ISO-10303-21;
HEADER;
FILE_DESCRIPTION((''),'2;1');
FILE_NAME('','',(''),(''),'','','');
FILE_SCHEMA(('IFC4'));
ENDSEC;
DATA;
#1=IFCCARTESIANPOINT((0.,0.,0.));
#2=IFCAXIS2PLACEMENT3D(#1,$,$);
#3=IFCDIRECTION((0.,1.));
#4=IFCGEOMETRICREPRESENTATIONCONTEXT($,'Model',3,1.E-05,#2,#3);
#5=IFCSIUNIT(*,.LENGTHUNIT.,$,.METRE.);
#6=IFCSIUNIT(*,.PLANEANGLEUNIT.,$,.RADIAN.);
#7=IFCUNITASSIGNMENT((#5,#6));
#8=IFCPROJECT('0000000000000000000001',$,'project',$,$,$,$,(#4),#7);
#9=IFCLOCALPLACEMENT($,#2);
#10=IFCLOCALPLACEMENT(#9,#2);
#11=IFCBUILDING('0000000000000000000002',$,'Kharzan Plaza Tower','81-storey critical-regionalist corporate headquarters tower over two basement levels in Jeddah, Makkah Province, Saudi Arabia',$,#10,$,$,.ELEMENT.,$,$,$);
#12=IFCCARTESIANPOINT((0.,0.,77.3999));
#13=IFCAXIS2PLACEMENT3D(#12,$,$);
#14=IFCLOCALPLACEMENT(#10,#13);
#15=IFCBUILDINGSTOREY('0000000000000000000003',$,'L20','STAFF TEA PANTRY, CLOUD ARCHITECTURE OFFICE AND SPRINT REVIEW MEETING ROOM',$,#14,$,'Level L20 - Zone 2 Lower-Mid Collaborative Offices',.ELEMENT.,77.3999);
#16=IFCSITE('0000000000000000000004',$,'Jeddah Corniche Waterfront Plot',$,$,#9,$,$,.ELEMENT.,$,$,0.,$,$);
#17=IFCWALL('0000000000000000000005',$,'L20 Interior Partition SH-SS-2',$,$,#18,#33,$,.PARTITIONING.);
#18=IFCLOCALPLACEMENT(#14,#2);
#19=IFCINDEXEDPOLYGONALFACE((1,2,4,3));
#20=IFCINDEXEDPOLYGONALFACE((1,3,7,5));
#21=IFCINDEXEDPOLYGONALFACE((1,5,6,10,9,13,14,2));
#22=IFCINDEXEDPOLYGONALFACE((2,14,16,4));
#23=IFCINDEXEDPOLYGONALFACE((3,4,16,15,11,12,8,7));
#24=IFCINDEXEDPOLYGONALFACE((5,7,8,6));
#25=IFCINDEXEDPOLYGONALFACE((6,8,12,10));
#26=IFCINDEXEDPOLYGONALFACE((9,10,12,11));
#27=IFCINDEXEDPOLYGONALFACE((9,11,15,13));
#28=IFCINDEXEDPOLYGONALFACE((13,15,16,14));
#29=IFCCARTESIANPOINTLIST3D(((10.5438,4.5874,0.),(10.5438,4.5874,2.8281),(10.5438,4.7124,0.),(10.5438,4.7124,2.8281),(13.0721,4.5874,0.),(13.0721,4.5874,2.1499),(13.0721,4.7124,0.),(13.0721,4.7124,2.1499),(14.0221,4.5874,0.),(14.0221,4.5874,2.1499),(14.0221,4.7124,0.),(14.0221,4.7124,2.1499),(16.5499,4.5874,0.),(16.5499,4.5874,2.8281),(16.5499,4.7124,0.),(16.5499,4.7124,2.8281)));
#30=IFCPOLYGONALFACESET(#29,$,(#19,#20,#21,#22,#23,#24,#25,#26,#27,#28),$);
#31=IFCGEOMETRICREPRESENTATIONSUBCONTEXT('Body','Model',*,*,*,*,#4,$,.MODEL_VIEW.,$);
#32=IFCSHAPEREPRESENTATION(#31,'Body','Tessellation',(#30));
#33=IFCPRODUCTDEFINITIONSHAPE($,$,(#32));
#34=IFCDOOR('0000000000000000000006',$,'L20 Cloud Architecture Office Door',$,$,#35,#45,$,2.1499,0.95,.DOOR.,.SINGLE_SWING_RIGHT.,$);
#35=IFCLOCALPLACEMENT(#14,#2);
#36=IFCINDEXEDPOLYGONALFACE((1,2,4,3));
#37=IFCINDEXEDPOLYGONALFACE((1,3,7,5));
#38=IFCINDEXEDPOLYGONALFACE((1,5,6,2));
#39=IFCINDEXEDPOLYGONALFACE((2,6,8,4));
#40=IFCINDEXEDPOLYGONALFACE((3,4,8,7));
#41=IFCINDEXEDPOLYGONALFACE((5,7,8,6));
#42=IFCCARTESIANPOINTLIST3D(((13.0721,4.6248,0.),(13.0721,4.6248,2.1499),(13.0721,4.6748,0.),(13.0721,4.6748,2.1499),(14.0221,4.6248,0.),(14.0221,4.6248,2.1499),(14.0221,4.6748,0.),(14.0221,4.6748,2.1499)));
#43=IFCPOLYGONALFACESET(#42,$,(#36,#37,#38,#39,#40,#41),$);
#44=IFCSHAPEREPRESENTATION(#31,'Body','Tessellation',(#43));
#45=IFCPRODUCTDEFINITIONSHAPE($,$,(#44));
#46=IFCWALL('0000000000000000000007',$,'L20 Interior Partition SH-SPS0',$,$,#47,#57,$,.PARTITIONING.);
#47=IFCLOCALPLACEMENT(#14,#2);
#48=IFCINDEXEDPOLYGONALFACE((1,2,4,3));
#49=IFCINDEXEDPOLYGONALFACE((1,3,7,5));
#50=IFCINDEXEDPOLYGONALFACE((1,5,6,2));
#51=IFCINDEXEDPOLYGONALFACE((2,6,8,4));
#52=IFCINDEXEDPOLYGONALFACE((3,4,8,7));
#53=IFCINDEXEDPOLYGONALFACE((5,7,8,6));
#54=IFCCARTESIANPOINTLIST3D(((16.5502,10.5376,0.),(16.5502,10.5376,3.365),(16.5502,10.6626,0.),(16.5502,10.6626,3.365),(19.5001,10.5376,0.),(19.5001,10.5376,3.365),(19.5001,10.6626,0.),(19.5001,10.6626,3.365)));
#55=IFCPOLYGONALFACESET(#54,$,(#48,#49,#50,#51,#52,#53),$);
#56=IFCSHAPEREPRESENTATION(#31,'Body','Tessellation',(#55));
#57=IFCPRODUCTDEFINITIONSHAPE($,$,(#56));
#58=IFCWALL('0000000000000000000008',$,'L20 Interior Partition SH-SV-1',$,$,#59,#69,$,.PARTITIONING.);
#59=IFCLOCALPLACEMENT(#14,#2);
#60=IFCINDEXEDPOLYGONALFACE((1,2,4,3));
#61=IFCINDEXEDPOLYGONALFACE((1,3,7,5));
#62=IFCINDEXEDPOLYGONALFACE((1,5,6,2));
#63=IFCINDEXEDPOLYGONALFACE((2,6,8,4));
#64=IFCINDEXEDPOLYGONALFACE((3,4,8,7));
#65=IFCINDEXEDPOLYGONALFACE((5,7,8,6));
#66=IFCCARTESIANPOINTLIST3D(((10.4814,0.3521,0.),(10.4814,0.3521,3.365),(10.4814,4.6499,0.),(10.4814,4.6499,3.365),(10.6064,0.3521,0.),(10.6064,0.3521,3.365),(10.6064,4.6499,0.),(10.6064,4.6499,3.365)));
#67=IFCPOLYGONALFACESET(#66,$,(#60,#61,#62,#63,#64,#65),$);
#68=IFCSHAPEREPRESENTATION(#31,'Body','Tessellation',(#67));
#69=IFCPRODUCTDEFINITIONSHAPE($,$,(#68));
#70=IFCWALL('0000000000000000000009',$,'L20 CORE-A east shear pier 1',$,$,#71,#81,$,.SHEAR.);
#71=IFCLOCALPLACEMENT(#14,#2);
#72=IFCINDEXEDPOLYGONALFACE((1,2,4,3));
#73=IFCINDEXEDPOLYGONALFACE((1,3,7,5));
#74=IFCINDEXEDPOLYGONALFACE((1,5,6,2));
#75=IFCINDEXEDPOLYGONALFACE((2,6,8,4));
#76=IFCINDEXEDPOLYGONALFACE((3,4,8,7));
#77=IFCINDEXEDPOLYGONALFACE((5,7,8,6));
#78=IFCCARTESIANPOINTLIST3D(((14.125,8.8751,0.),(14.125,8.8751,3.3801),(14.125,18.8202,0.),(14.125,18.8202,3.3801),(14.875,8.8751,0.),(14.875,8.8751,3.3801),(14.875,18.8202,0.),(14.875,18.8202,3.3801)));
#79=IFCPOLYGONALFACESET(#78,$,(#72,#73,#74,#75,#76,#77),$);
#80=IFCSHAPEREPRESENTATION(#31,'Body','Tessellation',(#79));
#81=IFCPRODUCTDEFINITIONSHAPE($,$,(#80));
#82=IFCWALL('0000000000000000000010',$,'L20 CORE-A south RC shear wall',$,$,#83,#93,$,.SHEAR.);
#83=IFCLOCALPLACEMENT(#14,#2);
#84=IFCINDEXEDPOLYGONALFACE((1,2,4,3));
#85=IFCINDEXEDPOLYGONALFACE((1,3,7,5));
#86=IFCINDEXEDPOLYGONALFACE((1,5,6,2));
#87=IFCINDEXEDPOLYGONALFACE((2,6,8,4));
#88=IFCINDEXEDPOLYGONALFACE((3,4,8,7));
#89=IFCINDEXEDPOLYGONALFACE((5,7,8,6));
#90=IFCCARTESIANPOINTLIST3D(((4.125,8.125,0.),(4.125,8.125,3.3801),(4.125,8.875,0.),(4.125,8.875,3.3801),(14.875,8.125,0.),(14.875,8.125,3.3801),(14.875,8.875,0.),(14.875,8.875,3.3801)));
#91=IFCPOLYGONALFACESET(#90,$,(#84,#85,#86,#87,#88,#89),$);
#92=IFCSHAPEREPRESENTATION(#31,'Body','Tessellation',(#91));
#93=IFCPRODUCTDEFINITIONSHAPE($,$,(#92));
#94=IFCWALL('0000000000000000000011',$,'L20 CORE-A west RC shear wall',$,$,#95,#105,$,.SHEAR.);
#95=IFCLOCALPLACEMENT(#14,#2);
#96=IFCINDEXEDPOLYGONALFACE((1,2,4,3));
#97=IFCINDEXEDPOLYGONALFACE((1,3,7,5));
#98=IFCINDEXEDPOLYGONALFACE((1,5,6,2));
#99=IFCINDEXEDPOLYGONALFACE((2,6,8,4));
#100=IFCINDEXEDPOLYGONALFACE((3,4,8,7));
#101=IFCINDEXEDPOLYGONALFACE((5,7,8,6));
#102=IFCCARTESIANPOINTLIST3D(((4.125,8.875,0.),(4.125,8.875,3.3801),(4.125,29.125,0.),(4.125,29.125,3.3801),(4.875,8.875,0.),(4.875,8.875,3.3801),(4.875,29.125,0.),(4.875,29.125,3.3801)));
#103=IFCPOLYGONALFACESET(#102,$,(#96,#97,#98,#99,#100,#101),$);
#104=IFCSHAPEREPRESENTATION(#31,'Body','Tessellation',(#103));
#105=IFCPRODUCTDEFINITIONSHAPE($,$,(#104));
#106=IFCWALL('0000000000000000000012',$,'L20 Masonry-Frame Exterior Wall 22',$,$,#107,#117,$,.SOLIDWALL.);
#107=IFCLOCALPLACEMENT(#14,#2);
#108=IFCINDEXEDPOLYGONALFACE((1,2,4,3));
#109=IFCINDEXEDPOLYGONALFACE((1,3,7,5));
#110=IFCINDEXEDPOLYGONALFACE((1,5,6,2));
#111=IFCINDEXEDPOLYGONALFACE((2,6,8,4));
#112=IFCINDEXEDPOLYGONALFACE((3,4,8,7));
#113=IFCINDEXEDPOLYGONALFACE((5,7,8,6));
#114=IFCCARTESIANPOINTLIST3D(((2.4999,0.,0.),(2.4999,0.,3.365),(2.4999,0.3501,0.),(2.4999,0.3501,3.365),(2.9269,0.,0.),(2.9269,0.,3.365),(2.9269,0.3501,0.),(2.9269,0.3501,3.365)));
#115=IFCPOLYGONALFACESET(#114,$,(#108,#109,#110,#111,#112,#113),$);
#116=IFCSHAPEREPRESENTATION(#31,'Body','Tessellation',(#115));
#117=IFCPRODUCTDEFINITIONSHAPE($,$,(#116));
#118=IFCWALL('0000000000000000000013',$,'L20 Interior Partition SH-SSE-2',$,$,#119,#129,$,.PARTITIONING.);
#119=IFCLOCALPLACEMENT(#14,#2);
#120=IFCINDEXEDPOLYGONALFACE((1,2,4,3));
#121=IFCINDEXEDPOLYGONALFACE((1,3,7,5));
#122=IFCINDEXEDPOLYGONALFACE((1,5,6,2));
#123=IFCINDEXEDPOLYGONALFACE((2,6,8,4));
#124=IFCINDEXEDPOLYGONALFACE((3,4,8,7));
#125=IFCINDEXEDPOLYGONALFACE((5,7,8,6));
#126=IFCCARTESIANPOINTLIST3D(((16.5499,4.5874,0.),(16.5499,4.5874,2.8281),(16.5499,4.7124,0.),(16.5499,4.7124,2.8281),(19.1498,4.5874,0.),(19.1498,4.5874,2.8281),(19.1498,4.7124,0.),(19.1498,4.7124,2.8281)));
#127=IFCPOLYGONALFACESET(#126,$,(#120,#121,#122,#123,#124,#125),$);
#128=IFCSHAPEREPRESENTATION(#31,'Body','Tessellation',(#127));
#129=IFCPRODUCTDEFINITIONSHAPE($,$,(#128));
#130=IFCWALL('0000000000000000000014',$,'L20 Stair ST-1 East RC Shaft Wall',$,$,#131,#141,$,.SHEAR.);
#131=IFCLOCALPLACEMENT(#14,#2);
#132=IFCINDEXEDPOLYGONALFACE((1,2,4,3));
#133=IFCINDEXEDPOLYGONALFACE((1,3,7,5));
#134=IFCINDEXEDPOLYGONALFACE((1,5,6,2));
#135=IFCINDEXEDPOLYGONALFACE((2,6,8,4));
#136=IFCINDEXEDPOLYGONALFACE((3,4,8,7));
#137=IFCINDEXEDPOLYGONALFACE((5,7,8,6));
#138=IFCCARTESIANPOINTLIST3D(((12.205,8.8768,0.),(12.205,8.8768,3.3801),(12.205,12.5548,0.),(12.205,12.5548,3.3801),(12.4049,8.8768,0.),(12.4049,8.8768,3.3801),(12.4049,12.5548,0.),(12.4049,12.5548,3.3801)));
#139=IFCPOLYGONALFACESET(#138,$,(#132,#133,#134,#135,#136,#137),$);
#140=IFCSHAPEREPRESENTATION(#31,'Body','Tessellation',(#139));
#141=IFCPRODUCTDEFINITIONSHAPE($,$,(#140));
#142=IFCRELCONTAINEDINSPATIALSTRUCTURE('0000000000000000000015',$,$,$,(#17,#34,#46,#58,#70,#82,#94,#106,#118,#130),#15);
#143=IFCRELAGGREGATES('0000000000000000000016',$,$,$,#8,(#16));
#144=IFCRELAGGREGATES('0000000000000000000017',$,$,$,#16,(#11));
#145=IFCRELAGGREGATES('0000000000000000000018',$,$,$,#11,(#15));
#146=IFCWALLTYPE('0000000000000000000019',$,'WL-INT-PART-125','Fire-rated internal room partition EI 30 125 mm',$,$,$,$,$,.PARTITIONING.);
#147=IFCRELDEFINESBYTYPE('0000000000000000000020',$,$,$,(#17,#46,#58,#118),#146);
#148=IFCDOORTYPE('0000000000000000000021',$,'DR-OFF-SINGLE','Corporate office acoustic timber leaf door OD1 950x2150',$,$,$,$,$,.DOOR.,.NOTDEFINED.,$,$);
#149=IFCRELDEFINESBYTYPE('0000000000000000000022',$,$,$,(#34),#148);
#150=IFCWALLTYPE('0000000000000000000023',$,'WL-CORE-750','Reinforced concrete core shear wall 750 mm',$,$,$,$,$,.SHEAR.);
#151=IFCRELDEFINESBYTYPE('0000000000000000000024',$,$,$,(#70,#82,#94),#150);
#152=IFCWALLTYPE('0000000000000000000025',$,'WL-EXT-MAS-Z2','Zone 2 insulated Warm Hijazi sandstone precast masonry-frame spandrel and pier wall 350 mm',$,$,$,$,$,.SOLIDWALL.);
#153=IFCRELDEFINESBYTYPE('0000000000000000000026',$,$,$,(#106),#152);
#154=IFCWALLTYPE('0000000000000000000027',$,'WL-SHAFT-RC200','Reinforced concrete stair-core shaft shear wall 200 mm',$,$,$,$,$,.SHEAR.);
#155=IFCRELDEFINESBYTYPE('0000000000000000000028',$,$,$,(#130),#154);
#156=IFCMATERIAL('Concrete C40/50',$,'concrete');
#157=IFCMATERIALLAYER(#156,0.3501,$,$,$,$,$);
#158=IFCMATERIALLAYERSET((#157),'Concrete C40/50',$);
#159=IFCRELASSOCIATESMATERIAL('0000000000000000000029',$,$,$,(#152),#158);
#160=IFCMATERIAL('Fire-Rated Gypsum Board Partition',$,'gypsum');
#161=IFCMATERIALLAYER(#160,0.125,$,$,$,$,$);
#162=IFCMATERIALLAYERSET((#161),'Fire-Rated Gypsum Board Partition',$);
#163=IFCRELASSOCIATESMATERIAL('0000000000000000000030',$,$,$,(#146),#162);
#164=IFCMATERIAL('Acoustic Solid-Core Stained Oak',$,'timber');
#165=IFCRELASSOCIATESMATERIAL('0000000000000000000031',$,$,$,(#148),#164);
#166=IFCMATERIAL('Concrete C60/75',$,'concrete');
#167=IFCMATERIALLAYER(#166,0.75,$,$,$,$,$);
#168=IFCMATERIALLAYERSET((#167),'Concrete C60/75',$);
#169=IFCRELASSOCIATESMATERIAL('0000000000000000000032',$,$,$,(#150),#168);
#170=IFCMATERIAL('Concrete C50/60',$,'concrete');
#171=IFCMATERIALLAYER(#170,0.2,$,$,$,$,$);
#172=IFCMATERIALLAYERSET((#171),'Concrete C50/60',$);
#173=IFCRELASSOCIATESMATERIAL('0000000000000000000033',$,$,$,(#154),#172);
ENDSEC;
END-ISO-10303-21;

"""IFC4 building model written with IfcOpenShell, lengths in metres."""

from ifc_helpers import new_model, si_unit, direction, frame, frame_2d, origin, place, context, subcontext, project, spatial, rectangle, extrude, source, transform, mapped, material, layer, layer_set, type_object, element, fill, save


model = new_model("IFC4")

# Units and contexts
model_context = context("Model", 3, precision=1e-05, world=origin(), true_north=direction((0.0, 1.0)))
body_context = subcontext(model_context, "Body", "Model", "MODEL_VIEW")
ifc_project = project(units=[si_unit("LENGTHUNIT", "METRE"), si_unit("PLANEANGLEUNIT", "RADIAN")], contexts=[model_context])

# Site, building, storey
site_placement = place(None, origin())
site = spatial("IfcSite", under=ifc_project, at=site_placement, Name="Jeddah Corniche Waterfront Plot", CompositionType="ELEMENT", RefElevation=0.0)
building_placement = place(site_placement, origin())
building = spatial("IfcBuilding", under=site, at=building_placement, Name="Kharzan Plaza Tower", Description="81-storey critical-regionalist corporate headquarters tower over two basement levels in Jeddah, Makkah Province, Saudi Arabia", CompositionType="ELEMENT")
storey_placement = place(building_placement, frame((0.0, 0.0, 77.3999)))
storey = spatial("IfcBuildingStorey", under=building, at=storey_placement, Name="L20", Description="STAFF TEA PANTRY, CLOUD ARCHITECTURE OFFICE AND SPRINT REVIEW MEETING ROOM", LongName="Level L20 - Zone 2 Lower-Mid Collaborative Offices", CompositionType="ELEMENT", Elevation=77.3999)

# Shared definitions
ifc_material_1 = material(Name="Concrete C60/75", Category="concrete")

# Shared definitions
ifc_material_2 = material(Name="Concrete C40/50", Category="concrete")
ifc_layer_1 = layer(ifc_material_2, 0.3501)
ifc_layer_set_1 = layer_set([ifc_layer_1], Name="Concrete C40/50")
wall_type_1 = type_object("IfcWallType", Name="WL-EXT-MAS-Z2", Description="Zone 2 insulated Warm Hijazi sandstone precast masonry-frame spandrel and pier wall 350 mm", PredefinedType="SOLIDWALL", material=ifc_layer_set_1)

# Wall, opening, door
ifc_material_3 = material(Name="Fire-Rated Gypsum Board Partition", Category="gypsum")
ifc_layer_2 = layer(ifc_material_3, 0.125)
ifc_layer_set_2 = layer_set([ifc_layer_2], Name="Fire-Rated Gypsum Board Partition")
wall_type_2 = type_object("IfcWallType", Name="WL-INT-PART-125", Description="Fire-rated internal room partition EI 30 125 mm", PredefinedType="PARTITIONING", material=ifc_layer_set_2)
ifc_material_4 = material(Name="Acoustic Solid-Core Stained Oak", Category="timber")
door_type = type_object("IfcDoorType", Name="DR-OFF-SINGLE", Description="Corporate office acoustic timber leaf door OD1 950x2150", OperationType="NOTDEFINED", PredefinedType="DOOR", material=ifc_material_4)
shared_shape_1 = source(origin(), body_context, "Body", "SweptSolid", [
    extrude(rectangle(XDim=0.95, YDim=2.1499, at=frame_2d((0.4751, 1.075))), frame((0.0, 0.0249, 0.0), z_axis=(0.0, -1.0, 0.0), x_axis=(1.0, 0.0, 0.0)), (0.0, 0.0, 1.0), 0.05),
])
wall_1_placement = place(storey_placement, frame((10.5439, 4.6499, 0.0), z_axis=(0.0, 0.0, 1.0), x_axis=(1.0, 0.0, 0.0)))
wall_1 = element("IfcWall", 1, at=wall_1_placement, inside=storey, type_object=wall_type_2, Name="L20 Interior Partition SH-SS-2", PredefinedType="PARTITIONING", context=body_context, shape_type="SweptSolid", body=[
    extrude(rectangle(XDim=6.0061, YDim=0.125, at=frame_2d((3.0029, 0.0))), origin(), (0.0, 0.0, 1.0), 2.8281),
])
opening_1_placement = place(wall_1_placement, frame((2.5281, 0.0, 0.0)))
opening_1 = element("IfcOpeningElement", 2, at=opening_1_placement, cuts=wall_1, PredefinedType="OPENING", context=body_context, shape_type="SweptSolid", body=[
    extrude(rectangle(XDim=0.95, YDim=2.1499, at=frame_2d((0.4751, 1.075))), frame((0.0, 0.0725, 0.0), z_axis=(0.0, -1.0, 0.0), x_axis=(1.0, 0.0, 0.0)), (0.0, 0.0, 1.0), 0.145),
])
door_1_placement = place(opening_1_placement, origin())
door_1 = element("IfcDoor", 3, at=door_1_placement, inside=storey, type_object=door_type, Name="L20 Cloud Architecture Office Door", OperationType="SINGLE_SWING_RIGHT", OverallHeight=2.1499, OverallWidth=0.95, PredefinedType="DOOR", context=body_context, shape_type="MappedRepresentation", body=[
    mapped(shared_shape_1, transform((0.0, 0.0, 0.0), x_axis=(1.0, 0.0, 0.0), y_axis=(0.0, 1.0, 0.0), z_axis=(0.0, 0.0, 1.0))),
])
fill(opening_1, door_1)

# Walls
shared_shape_2 = source(origin(), body_context, "Body", "SweptSolid", [
    extrude(rectangle(XDim=2.95, YDim=0.125, at=frame_2d((1.4751, 0.0))), origin(), (0.0, 0.0, 1.0), 3.365),
])
wall_2_placement = place(storey_placement, frame((16.55, 10.6001, 0.0), z_axis=(0.0, 0.0, 1.0), x_axis=(1.0, 0.0, 0.0)))
element("IfcWall", 4, at=wall_2_placement, inside=storey, type_object=wall_type_2, Name="L20 Interior Partition SH-SPS0", PredefinedType="PARTITIONING", context=body_context, shape_type="MappedRepresentation", body=[
    mapped(shared_shape_2, transform((0.0, 0.0, 0.0), x_axis=(1.0, 0.0, 0.0), y_axis=(0.0, 1.0, 0.0), z_axis=(0.0, 0.0, 1.0))),
])
shared_shape_3 = source(origin(), body_context, "Body", "SweptSolid", [
    extrude(rectangle(XDim=4.2979, YDim=0.125, at=frame_2d((2.1489, 0.0))), origin(), (0.0, 0.0, 1.0), 3.365),
])
wall_3_placement = place(storey_placement, frame((10.5439, 0.3521, 0.0), z_axis=(0.0, 0.0, 1.0), x_axis=(0.0, 1.0, 0.0)))
element("IfcWall", 5, at=wall_3_placement, inside=storey, type_object=wall_type_2, Name="L20 Interior Partition SH-SV-1", PredefinedType="PARTITIONING", context=body_context, shape_type="MappedRepresentation", body=[
    mapped(shared_shape_3, transform((0.0, 0.0, 0.0), x_axis=(1.0, 0.0, 0.0), y_axis=(0.0, 1.0, 0.0), z_axis=(0.0, 0.0, 1.0))),
])
ifc_layer_3 = layer(ifc_material_1, 0.75)
ifc_layer_set_3 = layer_set([ifc_layer_3], Name="Concrete C60/75")
wall_type_3 = type_object("IfcWallType", Name="WL-CORE-750", Description="Reinforced concrete core shear wall 750 mm", PredefinedType="SHEAR", material=ifc_layer_set_3)
shared_shape_4 = source(origin(), body_context, "Body", "SweptSolid", [
    extrude(rectangle(XDim=9.9451, YDim=0.75, at=frame_2d((4.9727, 0.0))), origin(), (0.0, 0.0, 1.0), 3.3801),
])
wall_4_placement = place(storey_placement, frame((14.5, 8.875, 0.0), z_axis=(0.0, 0.0, 1.0), x_axis=(0.0, 1.0, 0.0)))
element("IfcWall", 6, at=wall_4_placement, inside=storey, type_object=wall_type_3, Name="L20 CORE-A east shear pier 1", PredefinedType="SHEAR", context=body_context, shape_type="MappedRepresentation", body=[
    mapped(shared_shape_4, transform((0.0, 0.0, 0.0), x_axis=(1.0, 0.0, 0.0), y_axis=(0.0, 1.0, 0.0), z_axis=(0.0, 0.0, 1.0))),
])
shared_shape_5 = source(origin(), body_context, "Body", "SweptSolid", [
    extrude(rectangle(XDim=10.75, YDim=0.75, at=frame_2d((5.375, 0.0))), origin(), (0.0, 0.0, 1.0), 3.3801),
])
wall_5_placement = place(storey_placement, frame((4.125, 8.5, 0.0), z_axis=(0.0, 0.0, 1.0), x_axis=(1.0, 0.0, 0.0)))
element("IfcWall", 7, at=wall_5_placement, inside=storey, type_object=wall_type_3, Name="L20 CORE-A south RC shear wall", PredefinedType="SHEAR", context=body_context, shape_type="MappedRepresentation", body=[
    mapped(shared_shape_5, transform((0.0, 0.0, 0.0), x_axis=(1.0, 0.0, 0.0), y_axis=(0.0, 1.0, 0.0), z_axis=(0.0, 0.0, 1.0))),
])
shared_shape_6 = source(origin(), body_context, "Body", "SweptSolid", [
    extrude(rectangle(XDim=20.25, YDim=0.75, at=frame_2d((10.125, 0.0))), origin(), (0.0, 0.0, 1.0), 3.3801),
])
wall_6_placement = place(storey_placement, frame((4.5, 8.875, 0.0), z_axis=(0.0, 0.0, 1.0), x_axis=(0.0, 1.0, 0.0)))
element("IfcWall", 8, at=wall_6_placement, inside=storey, type_object=wall_type_3, Name="L20 CORE-A west RC shear wall", PredefinedType="SHEAR", context=body_context, shape_type="MappedRepresentation", body=[
    mapped(shared_shape_6, transform((0.0, 0.0, 0.0), x_axis=(1.0, 0.0, 0.0), y_axis=(0.0, 1.0, 0.0), z_axis=(0.0, 0.0, 1.0))),
])
shared_shape_7 = source(origin(), body_context, "Body", "SweptSolid", [
    extrude(rectangle(XDim=0.427, YDim=0.3501, at=frame_2d((0.2134, 0.0))), origin(), (0.0, 0.0, 1.0), 3.365),
])
wall_7_placement = place(storey_placement, frame((2.5, 0.175, 0.0), z_axis=(0.0, 0.0, 1.0), x_axis=(1.0, 0.0, 0.0)))
element("IfcWall", 9, at=wall_7_placement, inside=storey, type_object=wall_type_1, Name="L20 Masonry-Frame Exterior Wall 22", PredefinedType="SOLIDWALL", context=body_context, shape_type="MappedRepresentation", body=[
    mapped(shared_shape_7, transform((0.0, 0.0, 0.0), x_axis=(1.0, 0.0, 0.0), y_axis=(0.0, 1.0, 0.0), z_axis=(0.0, 0.0, 1.0))),
])
shared_shape_8 = source(origin(), body_context, "Body", "SweptSolid", [
    extrude(rectangle(XDim=2.5999, YDim=0.125, at=frame_2d((1.2998, 0.0))), origin(), (0.0, 0.0, 1.0), 2.8281),
])
wall_8_placement = place(storey_placement, frame((16.55, 4.6499, 0.0), z_axis=(0.0, 0.0, 1.0), x_axis=(1.0, 0.0, 0.0)))
element("IfcWall", 10, at=wall_8_placement, inside=storey, type_object=wall_type_2, Name="L20 Interior Partition SH-SSE-2", PredefinedType="PARTITIONING", context=body_context, shape_type="MappedRepresentation", body=[
    mapped(shared_shape_8, transform((0.0, 0.0, 0.0), x_axis=(1.0, 0.0, 0.0), y_axis=(0.0, 1.0, 0.0), z_axis=(0.0, 0.0, 1.0))),
])
ifc_material_5 = material(Name="Concrete C50/60", Category="concrete")
ifc_layer_4 = layer(ifc_material_5, 0.2)
ifc_layer_set_4 = layer_set([ifc_layer_4], Name="Concrete C50/60")
wall_type_4 = type_object("IfcWallType", Name="WL-SHAFT-RC200", Description="Reinforced concrete stair-core shaft shear wall 200 mm", PredefinedType="SHEAR", material=ifc_layer_set_4)
shared_shape_9 = source(origin(), body_context, "Body", "SweptSolid", [
    extrude(rectangle(XDim=3.678, YDim=0.2, at=frame_2d((1.8389, 0.0))), origin(), (0.0, 0.0, 1.0), 3.3801),
])
wall_9_placement = place(storey_placement, frame((12.3049, 8.877, 0.0), z_axis=(0.0, 0.0, 1.0), x_axis=(0.0, 1.0, 0.0)))
element("IfcWall", 11, at=wall_9_placement, inside=storey, type_object=wall_type_4, Name="L20 Stair ST-1 East RC Shaft Wall", PredefinedType="SHEAR", context=body_context, shape_type="MappedRepresentation", body=[
    mapped(shared_shape_9, transform((0.0, 0.0, 0.0), x_axis=(1.0, 0.0, 0.0), y_axis=(0.0, 1.0, 0.0), z_axis=(0.0, 0.0, 1.0))),
])

save(model, "model.ifc")
